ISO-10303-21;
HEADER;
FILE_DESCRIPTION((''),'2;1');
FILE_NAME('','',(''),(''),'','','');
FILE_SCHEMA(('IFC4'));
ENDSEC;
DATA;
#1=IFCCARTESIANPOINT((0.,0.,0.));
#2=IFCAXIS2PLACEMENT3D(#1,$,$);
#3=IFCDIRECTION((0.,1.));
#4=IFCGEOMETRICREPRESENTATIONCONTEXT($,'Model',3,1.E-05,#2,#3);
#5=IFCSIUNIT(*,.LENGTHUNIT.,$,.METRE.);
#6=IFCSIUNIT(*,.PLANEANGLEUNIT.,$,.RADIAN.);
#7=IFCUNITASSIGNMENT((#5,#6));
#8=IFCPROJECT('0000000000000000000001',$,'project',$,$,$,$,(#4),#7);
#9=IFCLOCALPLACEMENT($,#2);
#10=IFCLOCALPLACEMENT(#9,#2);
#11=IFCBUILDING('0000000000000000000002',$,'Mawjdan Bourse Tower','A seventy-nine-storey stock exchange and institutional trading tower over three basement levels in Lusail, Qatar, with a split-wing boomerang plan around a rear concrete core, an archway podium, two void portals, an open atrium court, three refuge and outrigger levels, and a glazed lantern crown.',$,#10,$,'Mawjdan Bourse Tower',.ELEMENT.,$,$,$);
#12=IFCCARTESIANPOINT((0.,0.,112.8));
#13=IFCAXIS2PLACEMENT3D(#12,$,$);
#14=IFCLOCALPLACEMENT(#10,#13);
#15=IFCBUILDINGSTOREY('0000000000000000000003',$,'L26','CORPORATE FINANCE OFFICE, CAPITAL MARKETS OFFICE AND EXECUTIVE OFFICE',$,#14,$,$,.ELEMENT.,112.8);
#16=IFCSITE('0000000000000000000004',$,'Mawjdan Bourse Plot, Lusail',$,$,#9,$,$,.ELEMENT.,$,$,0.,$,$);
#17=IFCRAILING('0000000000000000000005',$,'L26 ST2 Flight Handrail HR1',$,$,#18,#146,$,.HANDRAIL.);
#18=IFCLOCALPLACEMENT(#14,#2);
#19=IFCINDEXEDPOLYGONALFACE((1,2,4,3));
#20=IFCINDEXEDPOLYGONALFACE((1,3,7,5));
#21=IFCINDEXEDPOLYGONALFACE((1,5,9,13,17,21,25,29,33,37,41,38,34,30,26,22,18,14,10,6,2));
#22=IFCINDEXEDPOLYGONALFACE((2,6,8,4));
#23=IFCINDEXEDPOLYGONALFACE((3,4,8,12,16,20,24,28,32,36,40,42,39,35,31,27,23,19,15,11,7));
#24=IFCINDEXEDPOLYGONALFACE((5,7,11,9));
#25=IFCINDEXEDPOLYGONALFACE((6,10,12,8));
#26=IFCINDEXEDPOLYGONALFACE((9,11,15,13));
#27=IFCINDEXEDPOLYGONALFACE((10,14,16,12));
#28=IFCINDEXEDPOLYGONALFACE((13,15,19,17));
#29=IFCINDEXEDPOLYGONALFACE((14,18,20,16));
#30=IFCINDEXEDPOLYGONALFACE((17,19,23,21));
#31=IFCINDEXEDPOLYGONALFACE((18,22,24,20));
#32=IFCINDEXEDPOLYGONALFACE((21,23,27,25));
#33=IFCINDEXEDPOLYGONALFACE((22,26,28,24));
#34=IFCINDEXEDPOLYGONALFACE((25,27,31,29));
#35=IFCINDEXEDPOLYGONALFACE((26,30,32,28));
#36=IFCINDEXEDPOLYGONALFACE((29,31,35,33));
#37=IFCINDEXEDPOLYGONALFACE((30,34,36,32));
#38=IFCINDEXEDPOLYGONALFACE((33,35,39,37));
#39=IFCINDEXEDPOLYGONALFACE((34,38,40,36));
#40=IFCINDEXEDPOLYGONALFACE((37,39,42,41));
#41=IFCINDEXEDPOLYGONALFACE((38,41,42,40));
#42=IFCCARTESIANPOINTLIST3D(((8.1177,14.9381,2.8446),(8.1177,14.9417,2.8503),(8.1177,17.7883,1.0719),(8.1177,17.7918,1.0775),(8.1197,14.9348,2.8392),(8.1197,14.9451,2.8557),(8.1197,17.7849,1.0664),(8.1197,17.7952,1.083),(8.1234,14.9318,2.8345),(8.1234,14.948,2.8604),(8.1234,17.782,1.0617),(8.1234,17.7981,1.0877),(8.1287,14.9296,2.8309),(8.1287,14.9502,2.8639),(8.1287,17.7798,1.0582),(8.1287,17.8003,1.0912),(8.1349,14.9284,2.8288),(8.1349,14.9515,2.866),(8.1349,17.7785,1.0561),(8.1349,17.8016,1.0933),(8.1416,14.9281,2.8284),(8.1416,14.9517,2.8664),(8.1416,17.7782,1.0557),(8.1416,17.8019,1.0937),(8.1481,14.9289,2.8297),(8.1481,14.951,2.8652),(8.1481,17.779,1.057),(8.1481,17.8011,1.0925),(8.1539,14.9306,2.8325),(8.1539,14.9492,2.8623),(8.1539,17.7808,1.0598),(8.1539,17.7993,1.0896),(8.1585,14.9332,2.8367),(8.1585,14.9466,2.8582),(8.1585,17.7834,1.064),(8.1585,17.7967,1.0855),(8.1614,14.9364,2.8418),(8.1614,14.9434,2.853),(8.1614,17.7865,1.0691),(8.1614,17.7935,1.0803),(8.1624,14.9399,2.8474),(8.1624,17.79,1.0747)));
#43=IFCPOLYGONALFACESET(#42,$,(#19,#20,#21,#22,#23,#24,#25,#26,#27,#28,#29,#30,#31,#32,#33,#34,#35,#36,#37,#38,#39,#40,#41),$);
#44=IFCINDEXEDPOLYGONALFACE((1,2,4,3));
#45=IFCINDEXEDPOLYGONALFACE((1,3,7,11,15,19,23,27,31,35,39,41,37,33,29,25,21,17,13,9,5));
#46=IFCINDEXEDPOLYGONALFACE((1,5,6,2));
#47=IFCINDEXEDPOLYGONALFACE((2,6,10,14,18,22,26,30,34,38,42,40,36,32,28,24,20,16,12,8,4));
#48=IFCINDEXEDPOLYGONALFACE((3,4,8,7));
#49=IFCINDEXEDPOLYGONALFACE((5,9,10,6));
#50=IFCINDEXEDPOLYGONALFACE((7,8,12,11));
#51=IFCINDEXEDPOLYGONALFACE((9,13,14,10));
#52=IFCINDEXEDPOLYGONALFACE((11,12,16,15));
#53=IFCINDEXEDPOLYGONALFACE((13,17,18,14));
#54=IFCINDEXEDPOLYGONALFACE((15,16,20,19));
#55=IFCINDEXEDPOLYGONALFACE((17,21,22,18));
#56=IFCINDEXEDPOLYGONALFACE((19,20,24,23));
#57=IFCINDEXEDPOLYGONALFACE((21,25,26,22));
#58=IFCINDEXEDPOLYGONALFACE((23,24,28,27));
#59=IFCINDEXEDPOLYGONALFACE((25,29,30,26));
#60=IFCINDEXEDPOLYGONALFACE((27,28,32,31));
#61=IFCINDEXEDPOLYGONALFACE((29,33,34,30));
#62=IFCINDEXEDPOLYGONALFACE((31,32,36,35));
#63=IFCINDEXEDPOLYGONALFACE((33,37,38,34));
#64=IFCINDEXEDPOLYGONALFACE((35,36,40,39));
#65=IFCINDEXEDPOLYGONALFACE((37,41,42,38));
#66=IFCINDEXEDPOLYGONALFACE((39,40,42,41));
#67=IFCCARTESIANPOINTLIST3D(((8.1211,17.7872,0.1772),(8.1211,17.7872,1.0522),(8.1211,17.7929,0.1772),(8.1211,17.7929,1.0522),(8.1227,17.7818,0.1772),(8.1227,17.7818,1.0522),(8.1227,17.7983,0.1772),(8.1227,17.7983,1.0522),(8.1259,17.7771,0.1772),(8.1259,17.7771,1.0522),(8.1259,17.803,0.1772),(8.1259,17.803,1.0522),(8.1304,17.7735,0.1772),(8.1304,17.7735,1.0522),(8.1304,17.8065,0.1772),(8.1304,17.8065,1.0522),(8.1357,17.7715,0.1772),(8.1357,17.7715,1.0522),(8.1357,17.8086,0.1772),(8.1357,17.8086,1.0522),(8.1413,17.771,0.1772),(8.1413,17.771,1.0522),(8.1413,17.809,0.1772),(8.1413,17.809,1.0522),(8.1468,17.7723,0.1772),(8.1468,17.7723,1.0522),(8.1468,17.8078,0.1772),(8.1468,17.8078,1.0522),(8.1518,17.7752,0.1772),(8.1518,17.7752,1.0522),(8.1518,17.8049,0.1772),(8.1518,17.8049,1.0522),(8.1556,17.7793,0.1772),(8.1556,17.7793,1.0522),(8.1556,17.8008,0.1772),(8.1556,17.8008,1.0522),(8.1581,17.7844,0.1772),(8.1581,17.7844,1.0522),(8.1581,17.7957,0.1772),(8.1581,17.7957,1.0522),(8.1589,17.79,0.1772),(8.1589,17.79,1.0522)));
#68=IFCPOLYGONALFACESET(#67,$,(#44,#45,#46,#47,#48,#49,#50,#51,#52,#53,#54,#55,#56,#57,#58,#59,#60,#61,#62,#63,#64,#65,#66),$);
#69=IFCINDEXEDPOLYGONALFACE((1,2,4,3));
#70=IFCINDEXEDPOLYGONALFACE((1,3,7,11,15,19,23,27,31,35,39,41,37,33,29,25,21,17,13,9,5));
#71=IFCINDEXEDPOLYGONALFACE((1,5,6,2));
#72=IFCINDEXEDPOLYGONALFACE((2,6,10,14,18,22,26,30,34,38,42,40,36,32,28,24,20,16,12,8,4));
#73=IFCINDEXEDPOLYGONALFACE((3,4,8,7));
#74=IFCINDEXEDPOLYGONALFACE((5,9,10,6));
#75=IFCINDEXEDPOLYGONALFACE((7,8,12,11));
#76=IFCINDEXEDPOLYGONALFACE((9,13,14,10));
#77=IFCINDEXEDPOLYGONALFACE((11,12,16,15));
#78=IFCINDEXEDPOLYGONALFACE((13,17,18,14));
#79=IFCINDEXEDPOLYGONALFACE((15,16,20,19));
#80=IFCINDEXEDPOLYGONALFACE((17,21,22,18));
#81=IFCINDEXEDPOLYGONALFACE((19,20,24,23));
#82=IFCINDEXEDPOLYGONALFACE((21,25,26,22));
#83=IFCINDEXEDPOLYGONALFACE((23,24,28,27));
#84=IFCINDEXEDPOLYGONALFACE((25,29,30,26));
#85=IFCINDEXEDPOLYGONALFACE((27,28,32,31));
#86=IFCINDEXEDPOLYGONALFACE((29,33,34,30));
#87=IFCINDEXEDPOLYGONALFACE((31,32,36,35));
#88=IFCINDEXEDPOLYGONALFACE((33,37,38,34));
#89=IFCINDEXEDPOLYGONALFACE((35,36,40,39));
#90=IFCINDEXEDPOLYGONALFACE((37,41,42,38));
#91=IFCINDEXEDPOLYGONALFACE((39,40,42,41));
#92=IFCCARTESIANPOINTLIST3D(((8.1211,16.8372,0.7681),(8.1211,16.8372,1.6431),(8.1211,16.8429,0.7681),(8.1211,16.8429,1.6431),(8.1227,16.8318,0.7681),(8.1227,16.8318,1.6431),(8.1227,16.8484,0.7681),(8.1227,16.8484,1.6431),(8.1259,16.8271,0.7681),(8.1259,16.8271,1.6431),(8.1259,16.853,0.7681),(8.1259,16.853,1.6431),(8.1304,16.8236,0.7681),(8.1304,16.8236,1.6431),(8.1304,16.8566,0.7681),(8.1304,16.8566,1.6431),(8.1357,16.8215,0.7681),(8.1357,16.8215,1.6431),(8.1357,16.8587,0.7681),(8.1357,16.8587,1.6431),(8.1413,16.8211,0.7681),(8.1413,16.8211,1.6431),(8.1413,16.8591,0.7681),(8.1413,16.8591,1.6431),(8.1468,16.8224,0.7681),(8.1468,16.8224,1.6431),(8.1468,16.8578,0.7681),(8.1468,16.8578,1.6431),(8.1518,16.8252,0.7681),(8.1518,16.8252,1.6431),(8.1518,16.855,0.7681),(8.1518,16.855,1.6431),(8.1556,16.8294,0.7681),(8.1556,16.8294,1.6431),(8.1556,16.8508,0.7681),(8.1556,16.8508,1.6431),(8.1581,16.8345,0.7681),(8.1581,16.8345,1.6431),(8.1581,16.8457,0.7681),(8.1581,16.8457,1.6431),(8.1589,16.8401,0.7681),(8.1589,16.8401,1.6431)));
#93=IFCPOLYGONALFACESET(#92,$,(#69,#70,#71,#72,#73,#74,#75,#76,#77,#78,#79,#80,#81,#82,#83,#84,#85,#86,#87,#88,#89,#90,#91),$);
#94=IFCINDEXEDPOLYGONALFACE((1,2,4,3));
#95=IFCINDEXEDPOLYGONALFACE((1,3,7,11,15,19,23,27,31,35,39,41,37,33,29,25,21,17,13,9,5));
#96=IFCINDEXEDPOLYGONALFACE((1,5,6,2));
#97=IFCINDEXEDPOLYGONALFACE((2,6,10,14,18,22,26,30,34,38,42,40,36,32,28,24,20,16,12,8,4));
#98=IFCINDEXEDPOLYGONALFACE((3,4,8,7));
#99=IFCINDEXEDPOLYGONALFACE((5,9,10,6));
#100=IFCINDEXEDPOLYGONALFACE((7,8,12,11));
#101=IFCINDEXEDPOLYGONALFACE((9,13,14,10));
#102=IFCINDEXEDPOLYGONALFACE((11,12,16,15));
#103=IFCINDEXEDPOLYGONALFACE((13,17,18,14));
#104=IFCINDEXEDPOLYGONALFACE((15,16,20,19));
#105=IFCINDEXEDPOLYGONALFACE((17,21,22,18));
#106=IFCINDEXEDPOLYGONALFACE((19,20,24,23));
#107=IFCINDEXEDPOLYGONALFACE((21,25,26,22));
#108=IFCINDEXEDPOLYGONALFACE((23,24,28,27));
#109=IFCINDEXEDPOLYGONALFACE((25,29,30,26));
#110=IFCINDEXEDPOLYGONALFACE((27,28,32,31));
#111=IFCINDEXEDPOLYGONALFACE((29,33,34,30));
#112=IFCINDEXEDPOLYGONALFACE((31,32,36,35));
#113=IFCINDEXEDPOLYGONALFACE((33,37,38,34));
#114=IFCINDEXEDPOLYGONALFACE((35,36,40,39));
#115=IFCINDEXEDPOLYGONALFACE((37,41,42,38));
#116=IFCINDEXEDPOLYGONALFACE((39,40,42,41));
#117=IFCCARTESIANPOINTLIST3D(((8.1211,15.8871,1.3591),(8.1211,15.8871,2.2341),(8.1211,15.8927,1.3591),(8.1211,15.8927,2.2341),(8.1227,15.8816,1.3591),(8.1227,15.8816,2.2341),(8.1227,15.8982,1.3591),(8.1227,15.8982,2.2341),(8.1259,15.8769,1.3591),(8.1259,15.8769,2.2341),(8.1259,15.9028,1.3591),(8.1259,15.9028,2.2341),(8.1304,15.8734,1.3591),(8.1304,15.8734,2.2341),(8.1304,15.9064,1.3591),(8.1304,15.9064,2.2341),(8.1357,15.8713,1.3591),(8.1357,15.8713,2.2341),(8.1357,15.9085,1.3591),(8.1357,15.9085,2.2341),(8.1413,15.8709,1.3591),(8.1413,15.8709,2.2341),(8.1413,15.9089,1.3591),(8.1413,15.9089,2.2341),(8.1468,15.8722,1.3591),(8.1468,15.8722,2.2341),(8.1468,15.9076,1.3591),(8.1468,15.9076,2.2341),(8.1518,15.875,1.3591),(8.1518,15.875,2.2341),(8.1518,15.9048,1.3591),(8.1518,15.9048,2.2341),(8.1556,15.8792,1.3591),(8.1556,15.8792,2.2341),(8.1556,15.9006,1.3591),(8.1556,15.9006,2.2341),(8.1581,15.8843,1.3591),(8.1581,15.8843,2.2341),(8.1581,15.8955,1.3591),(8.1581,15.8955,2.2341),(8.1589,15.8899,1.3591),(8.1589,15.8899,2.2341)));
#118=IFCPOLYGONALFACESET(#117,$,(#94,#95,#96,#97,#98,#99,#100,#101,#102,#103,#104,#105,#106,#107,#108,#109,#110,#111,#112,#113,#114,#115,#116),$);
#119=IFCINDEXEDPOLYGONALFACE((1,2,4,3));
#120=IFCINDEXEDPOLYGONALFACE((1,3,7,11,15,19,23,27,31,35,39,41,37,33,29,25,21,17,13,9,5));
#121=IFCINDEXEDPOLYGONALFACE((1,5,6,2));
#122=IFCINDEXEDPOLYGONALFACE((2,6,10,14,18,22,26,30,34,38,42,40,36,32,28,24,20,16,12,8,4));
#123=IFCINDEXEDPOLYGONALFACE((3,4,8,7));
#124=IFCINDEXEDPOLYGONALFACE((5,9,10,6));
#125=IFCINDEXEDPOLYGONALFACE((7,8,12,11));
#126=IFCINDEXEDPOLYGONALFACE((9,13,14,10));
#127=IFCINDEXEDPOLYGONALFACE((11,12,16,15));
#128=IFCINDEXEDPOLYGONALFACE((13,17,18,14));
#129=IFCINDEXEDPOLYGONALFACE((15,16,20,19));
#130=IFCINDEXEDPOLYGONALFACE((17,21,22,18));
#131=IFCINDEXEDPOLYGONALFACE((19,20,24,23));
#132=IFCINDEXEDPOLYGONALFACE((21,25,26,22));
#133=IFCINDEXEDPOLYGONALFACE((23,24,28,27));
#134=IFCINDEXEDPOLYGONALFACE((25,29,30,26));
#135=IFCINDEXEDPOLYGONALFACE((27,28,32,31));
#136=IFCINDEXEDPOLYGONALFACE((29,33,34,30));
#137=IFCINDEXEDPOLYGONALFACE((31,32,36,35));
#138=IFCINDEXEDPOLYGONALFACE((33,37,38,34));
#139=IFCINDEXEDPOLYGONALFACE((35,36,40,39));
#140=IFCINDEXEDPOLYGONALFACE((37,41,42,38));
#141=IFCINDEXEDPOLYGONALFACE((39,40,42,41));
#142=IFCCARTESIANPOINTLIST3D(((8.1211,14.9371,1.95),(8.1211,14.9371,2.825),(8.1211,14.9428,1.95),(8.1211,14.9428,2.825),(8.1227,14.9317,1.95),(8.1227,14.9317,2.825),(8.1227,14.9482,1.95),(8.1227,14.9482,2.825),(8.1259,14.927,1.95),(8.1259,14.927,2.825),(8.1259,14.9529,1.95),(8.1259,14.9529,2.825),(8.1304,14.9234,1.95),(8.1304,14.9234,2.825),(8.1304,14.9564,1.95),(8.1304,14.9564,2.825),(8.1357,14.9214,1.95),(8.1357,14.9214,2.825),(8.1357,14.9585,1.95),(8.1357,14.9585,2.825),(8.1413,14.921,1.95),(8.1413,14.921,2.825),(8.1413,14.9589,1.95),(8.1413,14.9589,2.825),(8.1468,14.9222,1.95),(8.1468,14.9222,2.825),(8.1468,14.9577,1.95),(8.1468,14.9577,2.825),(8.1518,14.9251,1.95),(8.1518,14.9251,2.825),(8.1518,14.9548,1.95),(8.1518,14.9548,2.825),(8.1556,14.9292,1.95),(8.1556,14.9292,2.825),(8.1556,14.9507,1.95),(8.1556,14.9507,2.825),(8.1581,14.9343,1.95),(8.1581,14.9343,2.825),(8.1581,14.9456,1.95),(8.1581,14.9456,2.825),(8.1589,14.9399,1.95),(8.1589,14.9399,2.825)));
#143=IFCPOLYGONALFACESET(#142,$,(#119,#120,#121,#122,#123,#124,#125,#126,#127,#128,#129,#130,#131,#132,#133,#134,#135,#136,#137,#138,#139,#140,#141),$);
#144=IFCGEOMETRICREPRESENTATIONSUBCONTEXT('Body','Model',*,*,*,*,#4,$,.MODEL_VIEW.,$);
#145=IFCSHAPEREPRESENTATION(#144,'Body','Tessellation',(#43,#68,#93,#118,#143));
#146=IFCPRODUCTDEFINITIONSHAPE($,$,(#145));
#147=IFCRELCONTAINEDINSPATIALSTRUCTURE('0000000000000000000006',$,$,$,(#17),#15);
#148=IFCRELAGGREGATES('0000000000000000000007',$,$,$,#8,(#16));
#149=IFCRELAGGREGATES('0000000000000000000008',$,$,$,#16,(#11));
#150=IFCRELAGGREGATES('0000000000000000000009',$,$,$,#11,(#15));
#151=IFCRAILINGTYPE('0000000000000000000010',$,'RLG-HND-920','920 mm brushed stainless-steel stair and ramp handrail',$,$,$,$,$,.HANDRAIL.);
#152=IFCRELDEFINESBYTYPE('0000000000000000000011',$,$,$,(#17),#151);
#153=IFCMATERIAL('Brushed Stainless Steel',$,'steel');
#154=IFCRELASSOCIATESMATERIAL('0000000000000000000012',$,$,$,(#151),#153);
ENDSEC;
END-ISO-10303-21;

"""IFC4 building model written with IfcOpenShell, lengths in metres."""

from ifc_helpers import new_model, si_unit, direction, frame, origin, origin_2d, place, context, subcontext, project, spatial, circle, extrude, material, type_object, element, save


model = new_model("IFC4")

# Units and contexts
model_context = context("Model", 3, precision=1e-05, world=origin(), true_north=direction((0.0, 1.0)))
body_context = subcontext(model_context, "Body", "Model", "MODEL_VIEW")
ifc_project = project(units=[si_unit("LENGTHUNIT", "METRE"), si_unit("PLANEANGLEUNIT", "RADIAN")], contexts=[model_context])

# Site, building, storey
site_placement = place(None, origin())
site = spatial("IfcSite", under=ifc_project, at=site_placement, Name="Mawjdan Bourse Plot, Lusail", CompositionType="ELEMENT", RefElevation=0.0)
building_placement = place(site_placement, origin())
building = spatial("IfcBuilding", under=site, at=building_placement, Name="Mawjdan Bourse Tower", Description="A seventy-nine-storey stock exchange and institutional trading tower over three basement levels in Lusail, Qatar, with a split-wing boomerang plan around a rear concrete core, an archway podium, two void portals, an open atrium court, three refuge and outrigger levels, and a glazed lantern crown.", LongName="Mawjdan Bourse Tower", CompositionType="ELEMENT")
storey_placement = place(building_placement, frame((0.0, 0.0, 112.8)))
storey = spatial("IfcBuildingStorey", under=building, at=storey_placement, Name="L26", Description="CORPORATE FINANCE OFFICE, CAPITAL MARKETS OFFICE AND EXECUTIVE OFFICE", CompositionType="ELEMENT", Elevation=112.8)

# Railing
ifc_material_1 = material(Name="Brushed Stainless Steel", Category="steel")
railing_type_1 = type_object("IfcRailingType", Name="RLG-HND-920", Description="920 mm brushed stainless-steel stair and ramp handrail", PredefinedType="HANDRAIL", material=ifc_material_1)
railing_1_placement = place(storey_placement, frame((8.1399, 17.79, 0.1772)))
element("IfcRailing", 1, at=railing_1_placement, inside=storey, type_object=railing_type_1, Name="L26 ST2 Flight Handrail HR1", PredefinedType="HANDRAIL", context=body_context, shape_type="SweptSolid", body=[
    extrude(circle(Radius=0.0225, at=origin_2d()), frame((0.0, 0.0, 0.8975), z_axis=(0.0, -0.849149, 0.528154), x_axis=(1.0, 0.0, 0.0)), (0.0, 0.0, 1.0), 3.3564),
    extrude(circle(Radius=0.019, at=origin_2d()), origin(), (0.0, 0.0, 1.0), 0.875),
    extrude(circle(Radius=0.019, at=origin_2d()), frame((0.0, -0.95, 0.5908)), (0.0, 0.0, 1.0), 0.875),
    extrude(circle(Radius=0.019, at=origin_2d()), frame((0.0, -1.9001, 1.1819)), (0.0, 0.0, 1.0), 0.875),
    extrude(circle(Radius=0.019, at=origin_2d()), frame((0.0, -2.8501, 1.7727)), (0.0, 0.0, 1.0), 0.875),
])

save(model, "model.ifc")
